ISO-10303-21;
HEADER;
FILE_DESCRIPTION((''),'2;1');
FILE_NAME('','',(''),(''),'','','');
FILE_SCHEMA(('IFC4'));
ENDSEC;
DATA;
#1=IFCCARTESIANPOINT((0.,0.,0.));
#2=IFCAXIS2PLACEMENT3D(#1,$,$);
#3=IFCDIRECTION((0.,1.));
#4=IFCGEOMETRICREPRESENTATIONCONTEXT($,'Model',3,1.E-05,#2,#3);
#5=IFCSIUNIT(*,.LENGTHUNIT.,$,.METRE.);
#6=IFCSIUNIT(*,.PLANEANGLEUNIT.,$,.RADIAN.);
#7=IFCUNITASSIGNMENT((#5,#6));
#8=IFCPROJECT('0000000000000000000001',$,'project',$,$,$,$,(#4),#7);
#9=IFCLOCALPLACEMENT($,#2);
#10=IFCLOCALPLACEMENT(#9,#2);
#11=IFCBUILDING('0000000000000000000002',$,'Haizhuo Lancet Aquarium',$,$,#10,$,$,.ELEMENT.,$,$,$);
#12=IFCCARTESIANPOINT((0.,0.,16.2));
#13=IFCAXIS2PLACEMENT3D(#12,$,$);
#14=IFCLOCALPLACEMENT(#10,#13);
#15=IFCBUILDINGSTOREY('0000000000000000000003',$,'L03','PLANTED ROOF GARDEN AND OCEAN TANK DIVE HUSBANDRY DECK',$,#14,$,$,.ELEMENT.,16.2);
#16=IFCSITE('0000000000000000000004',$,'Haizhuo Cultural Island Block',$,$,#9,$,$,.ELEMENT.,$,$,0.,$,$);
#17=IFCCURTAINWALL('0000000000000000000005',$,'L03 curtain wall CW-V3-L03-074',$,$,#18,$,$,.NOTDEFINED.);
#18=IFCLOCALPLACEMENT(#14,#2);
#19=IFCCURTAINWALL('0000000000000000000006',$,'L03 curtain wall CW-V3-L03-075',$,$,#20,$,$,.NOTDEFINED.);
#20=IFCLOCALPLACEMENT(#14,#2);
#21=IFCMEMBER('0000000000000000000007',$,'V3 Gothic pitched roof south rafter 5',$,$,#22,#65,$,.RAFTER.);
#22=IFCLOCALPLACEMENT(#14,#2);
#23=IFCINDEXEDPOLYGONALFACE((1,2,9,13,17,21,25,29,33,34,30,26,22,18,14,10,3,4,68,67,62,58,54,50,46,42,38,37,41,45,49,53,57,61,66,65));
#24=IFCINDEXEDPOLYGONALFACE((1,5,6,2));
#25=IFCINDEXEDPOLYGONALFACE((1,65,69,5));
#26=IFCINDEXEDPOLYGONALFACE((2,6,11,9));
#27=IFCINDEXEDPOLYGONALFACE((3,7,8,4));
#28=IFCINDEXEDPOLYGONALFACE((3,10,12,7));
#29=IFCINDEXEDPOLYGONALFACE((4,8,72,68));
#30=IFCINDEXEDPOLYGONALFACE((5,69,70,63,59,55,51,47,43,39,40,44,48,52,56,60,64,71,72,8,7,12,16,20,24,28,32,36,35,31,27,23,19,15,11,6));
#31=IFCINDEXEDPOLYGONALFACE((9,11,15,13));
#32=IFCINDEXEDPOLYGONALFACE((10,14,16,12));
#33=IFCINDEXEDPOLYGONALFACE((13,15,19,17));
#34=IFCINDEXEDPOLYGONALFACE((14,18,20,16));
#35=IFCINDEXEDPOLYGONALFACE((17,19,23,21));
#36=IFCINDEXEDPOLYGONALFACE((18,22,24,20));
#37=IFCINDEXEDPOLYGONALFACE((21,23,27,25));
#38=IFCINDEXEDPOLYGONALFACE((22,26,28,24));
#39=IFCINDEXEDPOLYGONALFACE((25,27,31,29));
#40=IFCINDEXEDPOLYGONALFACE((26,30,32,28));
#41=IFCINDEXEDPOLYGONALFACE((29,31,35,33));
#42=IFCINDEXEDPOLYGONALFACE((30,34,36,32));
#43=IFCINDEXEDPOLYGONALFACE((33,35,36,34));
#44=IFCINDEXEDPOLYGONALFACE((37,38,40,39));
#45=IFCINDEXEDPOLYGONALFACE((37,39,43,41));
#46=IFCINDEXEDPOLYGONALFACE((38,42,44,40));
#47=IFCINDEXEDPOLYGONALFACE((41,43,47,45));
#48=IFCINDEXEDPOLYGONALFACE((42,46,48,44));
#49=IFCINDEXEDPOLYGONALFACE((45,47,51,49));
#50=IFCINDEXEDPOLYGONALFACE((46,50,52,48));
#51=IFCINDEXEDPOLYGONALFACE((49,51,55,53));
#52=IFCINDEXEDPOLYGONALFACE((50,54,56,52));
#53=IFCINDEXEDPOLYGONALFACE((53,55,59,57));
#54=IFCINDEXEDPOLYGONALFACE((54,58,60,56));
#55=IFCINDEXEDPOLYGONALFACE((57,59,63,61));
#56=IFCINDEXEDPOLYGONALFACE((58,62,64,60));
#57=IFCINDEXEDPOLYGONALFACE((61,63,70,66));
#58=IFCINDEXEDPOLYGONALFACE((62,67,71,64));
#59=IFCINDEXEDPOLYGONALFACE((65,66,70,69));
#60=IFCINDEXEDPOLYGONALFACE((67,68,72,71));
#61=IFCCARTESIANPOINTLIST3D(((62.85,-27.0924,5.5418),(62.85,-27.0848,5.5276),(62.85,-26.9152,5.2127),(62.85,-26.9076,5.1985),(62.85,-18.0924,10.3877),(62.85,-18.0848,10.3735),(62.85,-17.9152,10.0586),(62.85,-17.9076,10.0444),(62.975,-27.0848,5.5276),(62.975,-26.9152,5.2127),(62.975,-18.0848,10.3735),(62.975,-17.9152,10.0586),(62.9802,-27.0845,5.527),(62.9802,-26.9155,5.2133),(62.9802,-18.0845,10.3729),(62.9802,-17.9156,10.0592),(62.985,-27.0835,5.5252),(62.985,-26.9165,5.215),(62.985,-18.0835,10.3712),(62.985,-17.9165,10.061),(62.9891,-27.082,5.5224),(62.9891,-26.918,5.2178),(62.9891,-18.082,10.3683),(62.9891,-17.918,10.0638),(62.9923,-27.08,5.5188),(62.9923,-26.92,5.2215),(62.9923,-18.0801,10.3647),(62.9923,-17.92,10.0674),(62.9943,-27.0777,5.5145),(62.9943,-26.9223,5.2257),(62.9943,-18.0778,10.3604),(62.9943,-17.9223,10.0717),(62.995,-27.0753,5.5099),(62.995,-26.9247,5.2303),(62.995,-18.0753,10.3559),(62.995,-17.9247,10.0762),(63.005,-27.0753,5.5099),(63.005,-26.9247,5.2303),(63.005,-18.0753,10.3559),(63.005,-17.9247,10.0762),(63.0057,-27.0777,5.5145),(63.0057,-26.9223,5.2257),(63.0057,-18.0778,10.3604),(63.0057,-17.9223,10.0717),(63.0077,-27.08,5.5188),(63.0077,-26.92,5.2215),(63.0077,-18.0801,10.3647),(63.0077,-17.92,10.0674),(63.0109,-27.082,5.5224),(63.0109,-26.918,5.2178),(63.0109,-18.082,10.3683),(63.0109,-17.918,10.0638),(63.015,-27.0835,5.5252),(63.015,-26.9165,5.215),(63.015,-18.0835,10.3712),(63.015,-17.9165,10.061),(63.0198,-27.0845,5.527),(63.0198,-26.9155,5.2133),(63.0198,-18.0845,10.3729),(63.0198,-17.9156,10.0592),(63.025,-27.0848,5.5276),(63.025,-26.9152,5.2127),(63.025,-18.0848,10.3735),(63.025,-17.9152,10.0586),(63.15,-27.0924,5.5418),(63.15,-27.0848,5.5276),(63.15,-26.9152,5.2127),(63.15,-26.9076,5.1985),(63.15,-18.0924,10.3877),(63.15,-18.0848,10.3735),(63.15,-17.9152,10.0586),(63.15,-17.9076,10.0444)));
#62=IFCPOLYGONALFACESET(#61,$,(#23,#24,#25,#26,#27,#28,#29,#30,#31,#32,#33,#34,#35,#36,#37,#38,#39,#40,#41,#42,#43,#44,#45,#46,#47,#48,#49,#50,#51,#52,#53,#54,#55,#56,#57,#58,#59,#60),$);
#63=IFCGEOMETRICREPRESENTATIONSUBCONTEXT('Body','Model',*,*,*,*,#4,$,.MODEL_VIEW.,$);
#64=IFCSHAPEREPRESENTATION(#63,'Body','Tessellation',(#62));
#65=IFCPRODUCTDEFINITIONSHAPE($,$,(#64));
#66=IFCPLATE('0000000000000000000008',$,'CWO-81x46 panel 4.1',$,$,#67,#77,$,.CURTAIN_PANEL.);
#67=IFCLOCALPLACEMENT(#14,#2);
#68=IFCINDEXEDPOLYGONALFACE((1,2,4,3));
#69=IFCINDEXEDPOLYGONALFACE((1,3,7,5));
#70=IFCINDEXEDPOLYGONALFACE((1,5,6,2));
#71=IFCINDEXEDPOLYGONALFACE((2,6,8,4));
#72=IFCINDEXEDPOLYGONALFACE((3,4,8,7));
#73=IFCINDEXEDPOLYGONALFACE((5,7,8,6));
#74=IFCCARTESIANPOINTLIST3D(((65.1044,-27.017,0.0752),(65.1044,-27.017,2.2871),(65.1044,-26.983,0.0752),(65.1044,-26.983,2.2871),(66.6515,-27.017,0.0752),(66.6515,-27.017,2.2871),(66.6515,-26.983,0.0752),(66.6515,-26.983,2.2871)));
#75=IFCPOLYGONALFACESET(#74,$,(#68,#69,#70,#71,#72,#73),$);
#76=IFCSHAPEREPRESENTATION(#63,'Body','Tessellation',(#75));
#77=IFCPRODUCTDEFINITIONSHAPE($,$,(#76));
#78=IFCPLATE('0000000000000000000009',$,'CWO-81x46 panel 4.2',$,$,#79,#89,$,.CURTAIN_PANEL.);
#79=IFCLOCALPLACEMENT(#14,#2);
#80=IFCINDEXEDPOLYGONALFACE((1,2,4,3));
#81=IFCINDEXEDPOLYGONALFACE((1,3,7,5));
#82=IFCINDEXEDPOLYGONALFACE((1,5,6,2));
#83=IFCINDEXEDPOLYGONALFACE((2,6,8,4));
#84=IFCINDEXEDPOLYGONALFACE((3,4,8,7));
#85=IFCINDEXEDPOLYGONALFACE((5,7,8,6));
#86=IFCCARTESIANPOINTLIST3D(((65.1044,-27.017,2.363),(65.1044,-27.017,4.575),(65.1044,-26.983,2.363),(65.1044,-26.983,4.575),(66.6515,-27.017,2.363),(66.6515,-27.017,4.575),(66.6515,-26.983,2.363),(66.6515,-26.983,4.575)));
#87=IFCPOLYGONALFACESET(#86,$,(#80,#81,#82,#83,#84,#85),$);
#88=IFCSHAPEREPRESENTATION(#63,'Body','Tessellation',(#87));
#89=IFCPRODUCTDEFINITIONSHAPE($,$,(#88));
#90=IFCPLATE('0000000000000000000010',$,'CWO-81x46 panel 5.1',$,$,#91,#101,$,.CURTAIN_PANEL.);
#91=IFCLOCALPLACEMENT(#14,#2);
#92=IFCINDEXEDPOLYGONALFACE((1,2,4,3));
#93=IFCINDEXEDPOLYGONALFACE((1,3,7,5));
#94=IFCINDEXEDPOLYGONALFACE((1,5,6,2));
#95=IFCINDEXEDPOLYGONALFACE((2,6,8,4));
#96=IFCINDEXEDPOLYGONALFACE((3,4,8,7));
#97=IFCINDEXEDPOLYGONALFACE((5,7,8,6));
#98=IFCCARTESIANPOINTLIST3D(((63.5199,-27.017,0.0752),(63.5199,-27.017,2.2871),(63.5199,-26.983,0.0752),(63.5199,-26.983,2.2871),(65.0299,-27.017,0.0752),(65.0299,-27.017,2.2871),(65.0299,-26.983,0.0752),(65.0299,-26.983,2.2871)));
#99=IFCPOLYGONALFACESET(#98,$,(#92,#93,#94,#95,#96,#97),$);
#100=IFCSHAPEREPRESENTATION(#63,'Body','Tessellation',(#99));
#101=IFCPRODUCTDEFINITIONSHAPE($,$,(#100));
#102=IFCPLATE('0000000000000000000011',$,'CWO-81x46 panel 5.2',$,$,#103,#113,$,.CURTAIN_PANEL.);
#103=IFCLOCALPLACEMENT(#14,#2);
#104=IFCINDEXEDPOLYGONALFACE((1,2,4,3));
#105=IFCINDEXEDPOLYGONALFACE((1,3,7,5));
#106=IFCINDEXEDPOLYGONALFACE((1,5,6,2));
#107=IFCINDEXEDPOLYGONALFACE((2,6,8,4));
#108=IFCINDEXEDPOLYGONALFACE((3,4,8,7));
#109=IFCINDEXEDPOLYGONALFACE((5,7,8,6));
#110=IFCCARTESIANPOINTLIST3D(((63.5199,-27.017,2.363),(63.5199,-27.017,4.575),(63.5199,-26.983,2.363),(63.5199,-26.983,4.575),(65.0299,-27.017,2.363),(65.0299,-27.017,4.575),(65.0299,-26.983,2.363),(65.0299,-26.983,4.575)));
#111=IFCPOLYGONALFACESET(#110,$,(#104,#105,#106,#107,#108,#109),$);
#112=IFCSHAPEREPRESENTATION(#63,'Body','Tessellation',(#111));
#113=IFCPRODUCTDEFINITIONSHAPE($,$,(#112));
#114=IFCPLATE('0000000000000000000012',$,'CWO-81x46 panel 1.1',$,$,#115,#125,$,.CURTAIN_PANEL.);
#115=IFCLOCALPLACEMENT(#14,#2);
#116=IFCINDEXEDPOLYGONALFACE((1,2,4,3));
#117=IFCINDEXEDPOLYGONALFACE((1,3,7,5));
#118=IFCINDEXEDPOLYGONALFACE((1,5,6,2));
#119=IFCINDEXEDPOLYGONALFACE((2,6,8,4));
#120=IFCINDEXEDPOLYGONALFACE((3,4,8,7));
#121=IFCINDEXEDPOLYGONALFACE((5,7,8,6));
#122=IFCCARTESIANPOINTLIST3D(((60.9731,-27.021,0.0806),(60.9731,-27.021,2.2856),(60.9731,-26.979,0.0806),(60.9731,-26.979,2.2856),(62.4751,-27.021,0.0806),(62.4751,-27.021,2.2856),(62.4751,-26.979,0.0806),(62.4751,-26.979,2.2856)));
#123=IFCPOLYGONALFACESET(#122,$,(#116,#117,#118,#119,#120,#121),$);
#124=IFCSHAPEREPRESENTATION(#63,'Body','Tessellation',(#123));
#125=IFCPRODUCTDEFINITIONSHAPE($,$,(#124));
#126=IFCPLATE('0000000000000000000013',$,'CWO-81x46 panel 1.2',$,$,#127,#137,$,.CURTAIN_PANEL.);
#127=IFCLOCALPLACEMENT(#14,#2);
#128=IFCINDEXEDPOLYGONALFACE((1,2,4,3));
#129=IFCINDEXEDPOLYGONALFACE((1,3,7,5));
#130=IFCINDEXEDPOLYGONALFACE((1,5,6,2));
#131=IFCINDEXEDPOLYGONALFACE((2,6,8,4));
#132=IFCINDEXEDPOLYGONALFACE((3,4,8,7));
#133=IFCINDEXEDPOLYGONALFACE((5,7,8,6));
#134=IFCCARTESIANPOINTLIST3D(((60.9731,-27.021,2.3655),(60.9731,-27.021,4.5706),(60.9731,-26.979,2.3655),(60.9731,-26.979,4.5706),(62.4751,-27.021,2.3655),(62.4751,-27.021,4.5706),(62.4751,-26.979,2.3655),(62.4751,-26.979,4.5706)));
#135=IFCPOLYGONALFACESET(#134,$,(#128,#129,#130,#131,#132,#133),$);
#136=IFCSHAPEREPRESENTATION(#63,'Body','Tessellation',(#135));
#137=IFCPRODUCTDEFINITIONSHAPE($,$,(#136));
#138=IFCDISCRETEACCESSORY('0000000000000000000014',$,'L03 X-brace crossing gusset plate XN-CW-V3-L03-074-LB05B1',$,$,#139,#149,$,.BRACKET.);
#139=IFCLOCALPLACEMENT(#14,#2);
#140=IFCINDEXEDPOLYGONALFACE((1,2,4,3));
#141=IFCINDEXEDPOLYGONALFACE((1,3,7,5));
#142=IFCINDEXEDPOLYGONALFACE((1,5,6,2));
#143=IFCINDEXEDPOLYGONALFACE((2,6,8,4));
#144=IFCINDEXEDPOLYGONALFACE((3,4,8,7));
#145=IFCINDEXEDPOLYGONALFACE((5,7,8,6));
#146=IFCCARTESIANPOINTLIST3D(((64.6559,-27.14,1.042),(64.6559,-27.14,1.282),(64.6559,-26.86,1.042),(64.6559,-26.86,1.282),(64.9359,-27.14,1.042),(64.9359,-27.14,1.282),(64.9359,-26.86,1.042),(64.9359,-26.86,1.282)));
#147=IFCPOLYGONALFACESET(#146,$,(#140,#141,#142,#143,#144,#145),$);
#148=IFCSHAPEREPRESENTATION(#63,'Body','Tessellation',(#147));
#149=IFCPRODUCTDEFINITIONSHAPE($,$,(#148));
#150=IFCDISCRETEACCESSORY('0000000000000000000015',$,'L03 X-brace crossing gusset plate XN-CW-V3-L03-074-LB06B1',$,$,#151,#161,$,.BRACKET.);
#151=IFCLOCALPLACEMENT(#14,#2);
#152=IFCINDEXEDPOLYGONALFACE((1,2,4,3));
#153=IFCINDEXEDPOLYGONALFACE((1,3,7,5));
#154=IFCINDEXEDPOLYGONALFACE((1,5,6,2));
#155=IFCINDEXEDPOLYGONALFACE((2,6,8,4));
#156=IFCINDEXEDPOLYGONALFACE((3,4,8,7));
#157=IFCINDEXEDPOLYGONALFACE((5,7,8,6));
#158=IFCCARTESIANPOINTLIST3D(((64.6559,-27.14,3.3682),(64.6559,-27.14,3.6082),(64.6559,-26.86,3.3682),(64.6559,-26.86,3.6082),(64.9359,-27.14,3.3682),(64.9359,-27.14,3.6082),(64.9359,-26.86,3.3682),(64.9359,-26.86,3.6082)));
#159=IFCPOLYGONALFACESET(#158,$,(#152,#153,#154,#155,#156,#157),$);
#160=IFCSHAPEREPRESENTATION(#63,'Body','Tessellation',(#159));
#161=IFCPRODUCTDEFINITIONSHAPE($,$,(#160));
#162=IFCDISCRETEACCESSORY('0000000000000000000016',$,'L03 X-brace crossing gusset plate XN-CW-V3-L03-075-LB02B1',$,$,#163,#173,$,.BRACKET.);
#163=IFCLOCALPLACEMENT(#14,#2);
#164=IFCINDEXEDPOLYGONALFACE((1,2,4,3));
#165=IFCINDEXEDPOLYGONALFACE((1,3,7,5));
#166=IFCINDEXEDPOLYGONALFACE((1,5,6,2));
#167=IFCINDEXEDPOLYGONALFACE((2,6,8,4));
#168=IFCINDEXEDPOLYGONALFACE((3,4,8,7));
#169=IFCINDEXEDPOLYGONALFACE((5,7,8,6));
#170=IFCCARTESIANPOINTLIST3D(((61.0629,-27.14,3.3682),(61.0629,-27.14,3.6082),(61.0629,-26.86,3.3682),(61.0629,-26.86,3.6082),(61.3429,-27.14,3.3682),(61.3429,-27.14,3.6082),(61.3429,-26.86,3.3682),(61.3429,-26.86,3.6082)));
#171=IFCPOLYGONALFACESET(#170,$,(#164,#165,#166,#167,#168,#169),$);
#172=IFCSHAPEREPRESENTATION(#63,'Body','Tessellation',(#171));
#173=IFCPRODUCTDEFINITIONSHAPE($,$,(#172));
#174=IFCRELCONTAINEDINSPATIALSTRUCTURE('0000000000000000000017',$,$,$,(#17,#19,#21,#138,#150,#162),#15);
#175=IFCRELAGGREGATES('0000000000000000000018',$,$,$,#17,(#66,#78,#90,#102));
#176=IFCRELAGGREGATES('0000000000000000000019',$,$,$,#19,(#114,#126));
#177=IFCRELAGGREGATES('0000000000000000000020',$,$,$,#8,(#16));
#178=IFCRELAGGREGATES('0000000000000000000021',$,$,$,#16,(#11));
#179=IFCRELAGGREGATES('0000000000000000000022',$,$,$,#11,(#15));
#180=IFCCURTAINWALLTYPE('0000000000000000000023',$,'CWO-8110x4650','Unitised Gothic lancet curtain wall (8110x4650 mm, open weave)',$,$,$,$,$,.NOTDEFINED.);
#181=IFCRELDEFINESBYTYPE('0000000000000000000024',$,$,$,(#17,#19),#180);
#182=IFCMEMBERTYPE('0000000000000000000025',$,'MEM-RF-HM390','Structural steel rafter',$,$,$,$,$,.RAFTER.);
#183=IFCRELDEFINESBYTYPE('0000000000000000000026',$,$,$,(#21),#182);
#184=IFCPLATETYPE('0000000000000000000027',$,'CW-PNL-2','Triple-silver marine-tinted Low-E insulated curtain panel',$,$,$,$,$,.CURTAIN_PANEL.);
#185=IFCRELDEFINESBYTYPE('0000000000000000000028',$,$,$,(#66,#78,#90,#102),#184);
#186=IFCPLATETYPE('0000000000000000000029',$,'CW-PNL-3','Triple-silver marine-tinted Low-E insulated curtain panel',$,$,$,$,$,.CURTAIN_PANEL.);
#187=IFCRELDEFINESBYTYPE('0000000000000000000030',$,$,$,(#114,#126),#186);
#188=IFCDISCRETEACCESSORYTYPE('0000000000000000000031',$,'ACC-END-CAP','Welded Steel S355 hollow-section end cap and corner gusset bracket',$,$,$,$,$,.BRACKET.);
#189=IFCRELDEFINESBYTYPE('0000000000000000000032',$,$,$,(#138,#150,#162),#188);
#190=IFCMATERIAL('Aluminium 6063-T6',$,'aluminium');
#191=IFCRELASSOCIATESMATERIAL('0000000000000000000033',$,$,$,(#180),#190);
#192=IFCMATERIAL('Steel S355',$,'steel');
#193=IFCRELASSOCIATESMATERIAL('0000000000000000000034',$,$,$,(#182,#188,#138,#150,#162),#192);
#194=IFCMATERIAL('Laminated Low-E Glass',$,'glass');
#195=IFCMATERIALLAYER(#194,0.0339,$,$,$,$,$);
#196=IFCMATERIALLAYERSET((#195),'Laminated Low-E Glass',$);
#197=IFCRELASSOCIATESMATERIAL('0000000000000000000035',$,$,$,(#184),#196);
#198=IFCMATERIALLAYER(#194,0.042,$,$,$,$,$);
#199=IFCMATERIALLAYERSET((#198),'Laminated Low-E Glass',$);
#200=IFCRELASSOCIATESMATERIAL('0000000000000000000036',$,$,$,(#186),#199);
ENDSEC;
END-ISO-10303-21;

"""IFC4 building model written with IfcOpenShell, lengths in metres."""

from ifc_helpers import new_model, si_unit, direction, frame, origin, origin_2d, place, context, subcontext, project, spatial, rectangle, i_section, extrude, material, layer, layer_set, material_profile, profile_set, type_object, element, aggregate, save


model = new_model("IFC4")

# Units and contexts
model_context = context("Model", 3, precision=1e-05, world=origin(), true_north=direction((0.0, 1.0)))
body_context = subcontext(model_context, "Body", "Model", "MODEL_VIEW")
ifc_project = project(units=[si_unit("LENGTHUNIT", "METRE"), si_unit("PLANEANGLEUNIT", "RADIAN")], contexts=[model_context])

# Site, building, storey
site_placement = place(None, origin())
site = spatial("IfcSite", under=ifc_project, at=site_placement, Name="Haizhuo Cultural Island Block", CompositionType="ELEMENT", RefElevation=0.0)
building_placement = place(site_placement, origin())
building = spatial("IfcBuilding", under=site, at=building_placement, Name="Haizhuo Lancet Aquarium", CompositionType="ELEMENT")
storey_placement = place(building_placement, frame((0.0, 0.0, 16.2)))
storey = spatial("IfcBuildingStorey", under=building, at=storey_placement, Name="L03", Description="PLANTED ROOF GARDEN AND OCEAN TANK DIVE HUSBANDRY DECK", CompositionType="ELEMENT", Elevation=16.2)

# Curtain wall
ifc_material_1 = material(Name="Aluminium 6063-T6", Category="aluminium")
curtain_wall_type = type_object("IfcCurtainWallType", Name="CWO-8110x4650", Description="Unitised Gothic lancet curtain wall (8110x4650 mm, open weave)", PredefinedType="NOTDEFINED", material=ifc_material_1)
curtain_wall_1_placement = place(storey_placement, origin())
curtain_wall_1 = element("IfcCurtainWall", 1, at=curtain_wall_1_placement, inside=storey, type_object=curtain_wall_type, Name="L03 curtain wall CW-V3-L03-074", PredefinedType="NOTDEFINED")

# Curtain wall
curtain_wall_2_placement = place(storey_placement, origin())
curtain_wall_2 = element("IfcCurtainWall", 2, at=curtain_wall_2_placement, inside=storey, type_object=curtain_wall_type, Name="L03 curtain wall CW-V3-L03-075", PredefinedType="NOTDEFINED")

# Member
ifc_material_2 = material(Name="Steel S355", Category="steel")
ifc_material_profile_1 = material_profile(ifc_material_2, i_section(OverallWidth=0.3, OverallDepth=0.3899, WebThickness=0.01, FlangeThickness=0.0161, FilletRadius=0.02, at=origin_2d()), Name="HM 390x300x10x16")
ifc_profile_set_1 = profile_set([ifc_material_profile_1], Name="Steel S355")
member_type_1 = type_object("IfcMemberType", Name="MEM-RF-HM390", Description="Structural steel rafter", PredefinedType="RAFTER", material=ifc_profile_set_1)
member_1_placement = place(storey_placement, frame((63.0, -27.0, 5.3701), z_axis=(0.0, 0.88048, 0.474084), x_axis=(-1.0, 0.0, 0.0)))
element("IfcMember", 3, at=member_1_placement, inside=storey, type_object=member_type_1, Name="V3 Gothic pitched roof south rafter 5", PredefinedType="RAFTER", context=body_context, shape_type="SweptSolid", body=[
    extrude(i_section(OverallWidth=0.3, OverallDepth=0.3899, WebThickness=0.01, FlangeThickness=0.0161, FilletRadius=0.02, at=origin_2d()), origin(), (0.0, 0.0, 1.0), 10.2217),
])

# Plates
ifc_material_3 = material(Name="Laminated Low-E Glass", Category="glass")
ifc_layer_1 = layer(ifc_material_3, 0.0339)
ifc_layer_set_1 = layer_set([ifc_layer_1], Name="Laminated Low-E Glass")
plate_type_1 = type_object("IfcPlateType", Name="CW-PNL-2", Description="Triple-silver marine-tinted Low-E insulated curtain panel", PredefinedType="CURTAIN_PANEL", material=ifc_layer_set_1)
plate_1_placement = place(storey_placement, frame((65.8779, -27.0, 0.0752), z_axis=(0.0, 0.0, 1.0), x_axis=(-1.0, 0.0, 0.0)))
plate_1 = element("IfcPlate", 4, at=plate_1_placement, type_object=plate_type_1, Name="CWO-81x46 panel 4.1", PredefinedType="CURTAIN_PANEL", context=body_context, shape_type="SweptSolid", body=[
    extrude(rectangle(XDim=1.5471, YDim=0.0339, at=origin_2d()), origin(), (0.0, 0.0, 1.0), 2.2119),
])
plate_2_placement = place(storey_placement, frame((65.8779, -27.0, 2.363), z_axis=(0.0, 0.0, 1.0), x_axis=(-1.0, 0.0, 0.0)))
plate_2 = element("IfcPlate", 5, at=plate_2_placement, type_object=plate_type_1, Name="CWO-81x46 panel 4.2", PredefinedType="CURTAIN_PANEL", context=body_context, shape_type="SweptSolid", body=[
    extrude(rectangle(XDim=1.5471, YDim=0.0339, at=origin_2d()), origin(), (0.0, 0.0, 1.0), 2.2119),
])
plate_3_placement = place(storey_placement, frame((64.2749, -27.0, 0.0752), z_axis=(0.0, 0.0, 1.0), x_axis=(-1.0, 0.0, 0.0)))
plate_3 = element("IfcPlate", 6, at=plate_3_placement, type_object=plate_type_1, Name="CWO-81x46 panel 5.1", PredefinedType="CURTAIN_PANEL", context=body_context, shape_type="SweptSolid", body=[
    extrude(rectangle(XDim=1.51, YDim=0.0339, at=origin_2d()), origin(), (0.0, 0.0, 1.0), 2.2119),
])
plate_4_placement = place(storey_placement, frame((64.2749, -27.0, 2.363), z_axis=(0.0, 0.0, 1.0), x_axis=(-1.0, 0.0, 0.0)))
plate_4 = element("IfcPlate", 7, at=plate_4_placement, type_object=plate_type_1, Name="CWO-81x46 panel 5.2", PredefinedType="CURTAIN_PANEL", context=body_context, shape_type="SweptSolid", body=[
    extrude(rectangle(XDim=1.51, YDim=0.0339, at=origin_2d()), origin(), (0.0, 0.0, 1.0), 2.2119),
])
aggregate(curtain_wall_1, [plate_1, plate_2, plate_3, plate_4])
ifc_layer_2 = layer(ifc_material_3, 0.042)
ifc_layer_set_2 = layer_set([ifc_layer_2], Name="Laminated Low-E Glass")
plate_type_2 = type_object("IfcPlateType", Name="CW-PNL-3", Description="Triple-silver marine-tinted Low-E insulated curtain panel", PredefinedType="CURTAIN_PANEL", material=ifc_layer_set_2)
plate_5_placement = place(storey_placement, frame((61.7241, -27.0, 0.0806), z_axis=(0.0, 0.0, 1.0), x_axis=(-1.0, 0.0, 0.0)))
plate_5 = element("IfcPlate", 8, at=plate_5_placement, type_object=plate_type_2, Name="CWO-81x46 panel 1.1", PredefinedType="CURTAIN_PANEL", context=body_context, shape_type="SweptSolid", body=[
    extrude(rectangle(XDim=1.502, YDim=0.042, at=origin_2d()), origin(), (0.0, 0.0, 1.0), 2.2051),
])
plate_6_placement = place(storey_placement, frame((61.7241, -27.0, 2.3655), z_axis=(0.0, 0.0, 1.0), x_axis=(-1.0, 0.0, 0.0)))
plate_6 = element("IfcPlate", 9, at=plate_6_placement, type_object=plate_type_2, Name="CWO-81x46 panel 1.2", PredefinedType="CURTAIN_PANEL", context=body_context, shape_type="SweptSolid", body=[
    extrude(rectangle(XDim=1.502, YDim=0.042, at=origin_2d()), origin(), (0.0, 0.0, 1.0), 2.2051),
])
aggregate(curtain_wall_2, [plate_5, plate_6])

# Discrete accessories
discrete_accessory_type = type_object("IfcDiscreteAccessoryType", Name="ACC-END-CAP", Description="Welded Steel S355 hollow-section end cap and corner gusset bracket", PredefinedType="BRACKET", material=ifc_material_2)
for number, where, z_axis, x_axis, name in (
    (10, (64.7959, -27.0, 1.042), (0.0, 0.0, 1.0), (1.0, 0.0, 0.0), "L03 X-brace crossing gusset plate XN-CW-V3-L03-074-LB05B1"),
    (11, (64.7959, -27.0, 3.3682), (0.0, 0.0, 1.0), (1.0, 0.0, 0.0), "L03 X-brace crossing gusset plate XN-CW-V3-L03-074-LB06B1"),
    (12, (61.2029, -27.0, 3.3682), (0.0, 0.0, 1.0), (1.0, 0.0, 0.0), "L03 X-brace crossing gusset plate XN-CW-V3-L03-075-LB02B1"),
):
    element("IfcDiscreteAccessory", number, at=place(storey_placement, frame(where, z_axis=z_axis, x_axis=x_axis)), inside=storey, type_object=discrete_accessory_type, material=ifc_material_2, Name=name, PredefinedType="BRACKET", context=body_context, shape_type="SweptSolid", body=[
        extrude(rectangle(XDim=0.28, YDim=0.28, at=origin_2d()), origin(), (0.0, 0.0, 1.0), 0.24),
    ])

save(model, "model.ifc")
